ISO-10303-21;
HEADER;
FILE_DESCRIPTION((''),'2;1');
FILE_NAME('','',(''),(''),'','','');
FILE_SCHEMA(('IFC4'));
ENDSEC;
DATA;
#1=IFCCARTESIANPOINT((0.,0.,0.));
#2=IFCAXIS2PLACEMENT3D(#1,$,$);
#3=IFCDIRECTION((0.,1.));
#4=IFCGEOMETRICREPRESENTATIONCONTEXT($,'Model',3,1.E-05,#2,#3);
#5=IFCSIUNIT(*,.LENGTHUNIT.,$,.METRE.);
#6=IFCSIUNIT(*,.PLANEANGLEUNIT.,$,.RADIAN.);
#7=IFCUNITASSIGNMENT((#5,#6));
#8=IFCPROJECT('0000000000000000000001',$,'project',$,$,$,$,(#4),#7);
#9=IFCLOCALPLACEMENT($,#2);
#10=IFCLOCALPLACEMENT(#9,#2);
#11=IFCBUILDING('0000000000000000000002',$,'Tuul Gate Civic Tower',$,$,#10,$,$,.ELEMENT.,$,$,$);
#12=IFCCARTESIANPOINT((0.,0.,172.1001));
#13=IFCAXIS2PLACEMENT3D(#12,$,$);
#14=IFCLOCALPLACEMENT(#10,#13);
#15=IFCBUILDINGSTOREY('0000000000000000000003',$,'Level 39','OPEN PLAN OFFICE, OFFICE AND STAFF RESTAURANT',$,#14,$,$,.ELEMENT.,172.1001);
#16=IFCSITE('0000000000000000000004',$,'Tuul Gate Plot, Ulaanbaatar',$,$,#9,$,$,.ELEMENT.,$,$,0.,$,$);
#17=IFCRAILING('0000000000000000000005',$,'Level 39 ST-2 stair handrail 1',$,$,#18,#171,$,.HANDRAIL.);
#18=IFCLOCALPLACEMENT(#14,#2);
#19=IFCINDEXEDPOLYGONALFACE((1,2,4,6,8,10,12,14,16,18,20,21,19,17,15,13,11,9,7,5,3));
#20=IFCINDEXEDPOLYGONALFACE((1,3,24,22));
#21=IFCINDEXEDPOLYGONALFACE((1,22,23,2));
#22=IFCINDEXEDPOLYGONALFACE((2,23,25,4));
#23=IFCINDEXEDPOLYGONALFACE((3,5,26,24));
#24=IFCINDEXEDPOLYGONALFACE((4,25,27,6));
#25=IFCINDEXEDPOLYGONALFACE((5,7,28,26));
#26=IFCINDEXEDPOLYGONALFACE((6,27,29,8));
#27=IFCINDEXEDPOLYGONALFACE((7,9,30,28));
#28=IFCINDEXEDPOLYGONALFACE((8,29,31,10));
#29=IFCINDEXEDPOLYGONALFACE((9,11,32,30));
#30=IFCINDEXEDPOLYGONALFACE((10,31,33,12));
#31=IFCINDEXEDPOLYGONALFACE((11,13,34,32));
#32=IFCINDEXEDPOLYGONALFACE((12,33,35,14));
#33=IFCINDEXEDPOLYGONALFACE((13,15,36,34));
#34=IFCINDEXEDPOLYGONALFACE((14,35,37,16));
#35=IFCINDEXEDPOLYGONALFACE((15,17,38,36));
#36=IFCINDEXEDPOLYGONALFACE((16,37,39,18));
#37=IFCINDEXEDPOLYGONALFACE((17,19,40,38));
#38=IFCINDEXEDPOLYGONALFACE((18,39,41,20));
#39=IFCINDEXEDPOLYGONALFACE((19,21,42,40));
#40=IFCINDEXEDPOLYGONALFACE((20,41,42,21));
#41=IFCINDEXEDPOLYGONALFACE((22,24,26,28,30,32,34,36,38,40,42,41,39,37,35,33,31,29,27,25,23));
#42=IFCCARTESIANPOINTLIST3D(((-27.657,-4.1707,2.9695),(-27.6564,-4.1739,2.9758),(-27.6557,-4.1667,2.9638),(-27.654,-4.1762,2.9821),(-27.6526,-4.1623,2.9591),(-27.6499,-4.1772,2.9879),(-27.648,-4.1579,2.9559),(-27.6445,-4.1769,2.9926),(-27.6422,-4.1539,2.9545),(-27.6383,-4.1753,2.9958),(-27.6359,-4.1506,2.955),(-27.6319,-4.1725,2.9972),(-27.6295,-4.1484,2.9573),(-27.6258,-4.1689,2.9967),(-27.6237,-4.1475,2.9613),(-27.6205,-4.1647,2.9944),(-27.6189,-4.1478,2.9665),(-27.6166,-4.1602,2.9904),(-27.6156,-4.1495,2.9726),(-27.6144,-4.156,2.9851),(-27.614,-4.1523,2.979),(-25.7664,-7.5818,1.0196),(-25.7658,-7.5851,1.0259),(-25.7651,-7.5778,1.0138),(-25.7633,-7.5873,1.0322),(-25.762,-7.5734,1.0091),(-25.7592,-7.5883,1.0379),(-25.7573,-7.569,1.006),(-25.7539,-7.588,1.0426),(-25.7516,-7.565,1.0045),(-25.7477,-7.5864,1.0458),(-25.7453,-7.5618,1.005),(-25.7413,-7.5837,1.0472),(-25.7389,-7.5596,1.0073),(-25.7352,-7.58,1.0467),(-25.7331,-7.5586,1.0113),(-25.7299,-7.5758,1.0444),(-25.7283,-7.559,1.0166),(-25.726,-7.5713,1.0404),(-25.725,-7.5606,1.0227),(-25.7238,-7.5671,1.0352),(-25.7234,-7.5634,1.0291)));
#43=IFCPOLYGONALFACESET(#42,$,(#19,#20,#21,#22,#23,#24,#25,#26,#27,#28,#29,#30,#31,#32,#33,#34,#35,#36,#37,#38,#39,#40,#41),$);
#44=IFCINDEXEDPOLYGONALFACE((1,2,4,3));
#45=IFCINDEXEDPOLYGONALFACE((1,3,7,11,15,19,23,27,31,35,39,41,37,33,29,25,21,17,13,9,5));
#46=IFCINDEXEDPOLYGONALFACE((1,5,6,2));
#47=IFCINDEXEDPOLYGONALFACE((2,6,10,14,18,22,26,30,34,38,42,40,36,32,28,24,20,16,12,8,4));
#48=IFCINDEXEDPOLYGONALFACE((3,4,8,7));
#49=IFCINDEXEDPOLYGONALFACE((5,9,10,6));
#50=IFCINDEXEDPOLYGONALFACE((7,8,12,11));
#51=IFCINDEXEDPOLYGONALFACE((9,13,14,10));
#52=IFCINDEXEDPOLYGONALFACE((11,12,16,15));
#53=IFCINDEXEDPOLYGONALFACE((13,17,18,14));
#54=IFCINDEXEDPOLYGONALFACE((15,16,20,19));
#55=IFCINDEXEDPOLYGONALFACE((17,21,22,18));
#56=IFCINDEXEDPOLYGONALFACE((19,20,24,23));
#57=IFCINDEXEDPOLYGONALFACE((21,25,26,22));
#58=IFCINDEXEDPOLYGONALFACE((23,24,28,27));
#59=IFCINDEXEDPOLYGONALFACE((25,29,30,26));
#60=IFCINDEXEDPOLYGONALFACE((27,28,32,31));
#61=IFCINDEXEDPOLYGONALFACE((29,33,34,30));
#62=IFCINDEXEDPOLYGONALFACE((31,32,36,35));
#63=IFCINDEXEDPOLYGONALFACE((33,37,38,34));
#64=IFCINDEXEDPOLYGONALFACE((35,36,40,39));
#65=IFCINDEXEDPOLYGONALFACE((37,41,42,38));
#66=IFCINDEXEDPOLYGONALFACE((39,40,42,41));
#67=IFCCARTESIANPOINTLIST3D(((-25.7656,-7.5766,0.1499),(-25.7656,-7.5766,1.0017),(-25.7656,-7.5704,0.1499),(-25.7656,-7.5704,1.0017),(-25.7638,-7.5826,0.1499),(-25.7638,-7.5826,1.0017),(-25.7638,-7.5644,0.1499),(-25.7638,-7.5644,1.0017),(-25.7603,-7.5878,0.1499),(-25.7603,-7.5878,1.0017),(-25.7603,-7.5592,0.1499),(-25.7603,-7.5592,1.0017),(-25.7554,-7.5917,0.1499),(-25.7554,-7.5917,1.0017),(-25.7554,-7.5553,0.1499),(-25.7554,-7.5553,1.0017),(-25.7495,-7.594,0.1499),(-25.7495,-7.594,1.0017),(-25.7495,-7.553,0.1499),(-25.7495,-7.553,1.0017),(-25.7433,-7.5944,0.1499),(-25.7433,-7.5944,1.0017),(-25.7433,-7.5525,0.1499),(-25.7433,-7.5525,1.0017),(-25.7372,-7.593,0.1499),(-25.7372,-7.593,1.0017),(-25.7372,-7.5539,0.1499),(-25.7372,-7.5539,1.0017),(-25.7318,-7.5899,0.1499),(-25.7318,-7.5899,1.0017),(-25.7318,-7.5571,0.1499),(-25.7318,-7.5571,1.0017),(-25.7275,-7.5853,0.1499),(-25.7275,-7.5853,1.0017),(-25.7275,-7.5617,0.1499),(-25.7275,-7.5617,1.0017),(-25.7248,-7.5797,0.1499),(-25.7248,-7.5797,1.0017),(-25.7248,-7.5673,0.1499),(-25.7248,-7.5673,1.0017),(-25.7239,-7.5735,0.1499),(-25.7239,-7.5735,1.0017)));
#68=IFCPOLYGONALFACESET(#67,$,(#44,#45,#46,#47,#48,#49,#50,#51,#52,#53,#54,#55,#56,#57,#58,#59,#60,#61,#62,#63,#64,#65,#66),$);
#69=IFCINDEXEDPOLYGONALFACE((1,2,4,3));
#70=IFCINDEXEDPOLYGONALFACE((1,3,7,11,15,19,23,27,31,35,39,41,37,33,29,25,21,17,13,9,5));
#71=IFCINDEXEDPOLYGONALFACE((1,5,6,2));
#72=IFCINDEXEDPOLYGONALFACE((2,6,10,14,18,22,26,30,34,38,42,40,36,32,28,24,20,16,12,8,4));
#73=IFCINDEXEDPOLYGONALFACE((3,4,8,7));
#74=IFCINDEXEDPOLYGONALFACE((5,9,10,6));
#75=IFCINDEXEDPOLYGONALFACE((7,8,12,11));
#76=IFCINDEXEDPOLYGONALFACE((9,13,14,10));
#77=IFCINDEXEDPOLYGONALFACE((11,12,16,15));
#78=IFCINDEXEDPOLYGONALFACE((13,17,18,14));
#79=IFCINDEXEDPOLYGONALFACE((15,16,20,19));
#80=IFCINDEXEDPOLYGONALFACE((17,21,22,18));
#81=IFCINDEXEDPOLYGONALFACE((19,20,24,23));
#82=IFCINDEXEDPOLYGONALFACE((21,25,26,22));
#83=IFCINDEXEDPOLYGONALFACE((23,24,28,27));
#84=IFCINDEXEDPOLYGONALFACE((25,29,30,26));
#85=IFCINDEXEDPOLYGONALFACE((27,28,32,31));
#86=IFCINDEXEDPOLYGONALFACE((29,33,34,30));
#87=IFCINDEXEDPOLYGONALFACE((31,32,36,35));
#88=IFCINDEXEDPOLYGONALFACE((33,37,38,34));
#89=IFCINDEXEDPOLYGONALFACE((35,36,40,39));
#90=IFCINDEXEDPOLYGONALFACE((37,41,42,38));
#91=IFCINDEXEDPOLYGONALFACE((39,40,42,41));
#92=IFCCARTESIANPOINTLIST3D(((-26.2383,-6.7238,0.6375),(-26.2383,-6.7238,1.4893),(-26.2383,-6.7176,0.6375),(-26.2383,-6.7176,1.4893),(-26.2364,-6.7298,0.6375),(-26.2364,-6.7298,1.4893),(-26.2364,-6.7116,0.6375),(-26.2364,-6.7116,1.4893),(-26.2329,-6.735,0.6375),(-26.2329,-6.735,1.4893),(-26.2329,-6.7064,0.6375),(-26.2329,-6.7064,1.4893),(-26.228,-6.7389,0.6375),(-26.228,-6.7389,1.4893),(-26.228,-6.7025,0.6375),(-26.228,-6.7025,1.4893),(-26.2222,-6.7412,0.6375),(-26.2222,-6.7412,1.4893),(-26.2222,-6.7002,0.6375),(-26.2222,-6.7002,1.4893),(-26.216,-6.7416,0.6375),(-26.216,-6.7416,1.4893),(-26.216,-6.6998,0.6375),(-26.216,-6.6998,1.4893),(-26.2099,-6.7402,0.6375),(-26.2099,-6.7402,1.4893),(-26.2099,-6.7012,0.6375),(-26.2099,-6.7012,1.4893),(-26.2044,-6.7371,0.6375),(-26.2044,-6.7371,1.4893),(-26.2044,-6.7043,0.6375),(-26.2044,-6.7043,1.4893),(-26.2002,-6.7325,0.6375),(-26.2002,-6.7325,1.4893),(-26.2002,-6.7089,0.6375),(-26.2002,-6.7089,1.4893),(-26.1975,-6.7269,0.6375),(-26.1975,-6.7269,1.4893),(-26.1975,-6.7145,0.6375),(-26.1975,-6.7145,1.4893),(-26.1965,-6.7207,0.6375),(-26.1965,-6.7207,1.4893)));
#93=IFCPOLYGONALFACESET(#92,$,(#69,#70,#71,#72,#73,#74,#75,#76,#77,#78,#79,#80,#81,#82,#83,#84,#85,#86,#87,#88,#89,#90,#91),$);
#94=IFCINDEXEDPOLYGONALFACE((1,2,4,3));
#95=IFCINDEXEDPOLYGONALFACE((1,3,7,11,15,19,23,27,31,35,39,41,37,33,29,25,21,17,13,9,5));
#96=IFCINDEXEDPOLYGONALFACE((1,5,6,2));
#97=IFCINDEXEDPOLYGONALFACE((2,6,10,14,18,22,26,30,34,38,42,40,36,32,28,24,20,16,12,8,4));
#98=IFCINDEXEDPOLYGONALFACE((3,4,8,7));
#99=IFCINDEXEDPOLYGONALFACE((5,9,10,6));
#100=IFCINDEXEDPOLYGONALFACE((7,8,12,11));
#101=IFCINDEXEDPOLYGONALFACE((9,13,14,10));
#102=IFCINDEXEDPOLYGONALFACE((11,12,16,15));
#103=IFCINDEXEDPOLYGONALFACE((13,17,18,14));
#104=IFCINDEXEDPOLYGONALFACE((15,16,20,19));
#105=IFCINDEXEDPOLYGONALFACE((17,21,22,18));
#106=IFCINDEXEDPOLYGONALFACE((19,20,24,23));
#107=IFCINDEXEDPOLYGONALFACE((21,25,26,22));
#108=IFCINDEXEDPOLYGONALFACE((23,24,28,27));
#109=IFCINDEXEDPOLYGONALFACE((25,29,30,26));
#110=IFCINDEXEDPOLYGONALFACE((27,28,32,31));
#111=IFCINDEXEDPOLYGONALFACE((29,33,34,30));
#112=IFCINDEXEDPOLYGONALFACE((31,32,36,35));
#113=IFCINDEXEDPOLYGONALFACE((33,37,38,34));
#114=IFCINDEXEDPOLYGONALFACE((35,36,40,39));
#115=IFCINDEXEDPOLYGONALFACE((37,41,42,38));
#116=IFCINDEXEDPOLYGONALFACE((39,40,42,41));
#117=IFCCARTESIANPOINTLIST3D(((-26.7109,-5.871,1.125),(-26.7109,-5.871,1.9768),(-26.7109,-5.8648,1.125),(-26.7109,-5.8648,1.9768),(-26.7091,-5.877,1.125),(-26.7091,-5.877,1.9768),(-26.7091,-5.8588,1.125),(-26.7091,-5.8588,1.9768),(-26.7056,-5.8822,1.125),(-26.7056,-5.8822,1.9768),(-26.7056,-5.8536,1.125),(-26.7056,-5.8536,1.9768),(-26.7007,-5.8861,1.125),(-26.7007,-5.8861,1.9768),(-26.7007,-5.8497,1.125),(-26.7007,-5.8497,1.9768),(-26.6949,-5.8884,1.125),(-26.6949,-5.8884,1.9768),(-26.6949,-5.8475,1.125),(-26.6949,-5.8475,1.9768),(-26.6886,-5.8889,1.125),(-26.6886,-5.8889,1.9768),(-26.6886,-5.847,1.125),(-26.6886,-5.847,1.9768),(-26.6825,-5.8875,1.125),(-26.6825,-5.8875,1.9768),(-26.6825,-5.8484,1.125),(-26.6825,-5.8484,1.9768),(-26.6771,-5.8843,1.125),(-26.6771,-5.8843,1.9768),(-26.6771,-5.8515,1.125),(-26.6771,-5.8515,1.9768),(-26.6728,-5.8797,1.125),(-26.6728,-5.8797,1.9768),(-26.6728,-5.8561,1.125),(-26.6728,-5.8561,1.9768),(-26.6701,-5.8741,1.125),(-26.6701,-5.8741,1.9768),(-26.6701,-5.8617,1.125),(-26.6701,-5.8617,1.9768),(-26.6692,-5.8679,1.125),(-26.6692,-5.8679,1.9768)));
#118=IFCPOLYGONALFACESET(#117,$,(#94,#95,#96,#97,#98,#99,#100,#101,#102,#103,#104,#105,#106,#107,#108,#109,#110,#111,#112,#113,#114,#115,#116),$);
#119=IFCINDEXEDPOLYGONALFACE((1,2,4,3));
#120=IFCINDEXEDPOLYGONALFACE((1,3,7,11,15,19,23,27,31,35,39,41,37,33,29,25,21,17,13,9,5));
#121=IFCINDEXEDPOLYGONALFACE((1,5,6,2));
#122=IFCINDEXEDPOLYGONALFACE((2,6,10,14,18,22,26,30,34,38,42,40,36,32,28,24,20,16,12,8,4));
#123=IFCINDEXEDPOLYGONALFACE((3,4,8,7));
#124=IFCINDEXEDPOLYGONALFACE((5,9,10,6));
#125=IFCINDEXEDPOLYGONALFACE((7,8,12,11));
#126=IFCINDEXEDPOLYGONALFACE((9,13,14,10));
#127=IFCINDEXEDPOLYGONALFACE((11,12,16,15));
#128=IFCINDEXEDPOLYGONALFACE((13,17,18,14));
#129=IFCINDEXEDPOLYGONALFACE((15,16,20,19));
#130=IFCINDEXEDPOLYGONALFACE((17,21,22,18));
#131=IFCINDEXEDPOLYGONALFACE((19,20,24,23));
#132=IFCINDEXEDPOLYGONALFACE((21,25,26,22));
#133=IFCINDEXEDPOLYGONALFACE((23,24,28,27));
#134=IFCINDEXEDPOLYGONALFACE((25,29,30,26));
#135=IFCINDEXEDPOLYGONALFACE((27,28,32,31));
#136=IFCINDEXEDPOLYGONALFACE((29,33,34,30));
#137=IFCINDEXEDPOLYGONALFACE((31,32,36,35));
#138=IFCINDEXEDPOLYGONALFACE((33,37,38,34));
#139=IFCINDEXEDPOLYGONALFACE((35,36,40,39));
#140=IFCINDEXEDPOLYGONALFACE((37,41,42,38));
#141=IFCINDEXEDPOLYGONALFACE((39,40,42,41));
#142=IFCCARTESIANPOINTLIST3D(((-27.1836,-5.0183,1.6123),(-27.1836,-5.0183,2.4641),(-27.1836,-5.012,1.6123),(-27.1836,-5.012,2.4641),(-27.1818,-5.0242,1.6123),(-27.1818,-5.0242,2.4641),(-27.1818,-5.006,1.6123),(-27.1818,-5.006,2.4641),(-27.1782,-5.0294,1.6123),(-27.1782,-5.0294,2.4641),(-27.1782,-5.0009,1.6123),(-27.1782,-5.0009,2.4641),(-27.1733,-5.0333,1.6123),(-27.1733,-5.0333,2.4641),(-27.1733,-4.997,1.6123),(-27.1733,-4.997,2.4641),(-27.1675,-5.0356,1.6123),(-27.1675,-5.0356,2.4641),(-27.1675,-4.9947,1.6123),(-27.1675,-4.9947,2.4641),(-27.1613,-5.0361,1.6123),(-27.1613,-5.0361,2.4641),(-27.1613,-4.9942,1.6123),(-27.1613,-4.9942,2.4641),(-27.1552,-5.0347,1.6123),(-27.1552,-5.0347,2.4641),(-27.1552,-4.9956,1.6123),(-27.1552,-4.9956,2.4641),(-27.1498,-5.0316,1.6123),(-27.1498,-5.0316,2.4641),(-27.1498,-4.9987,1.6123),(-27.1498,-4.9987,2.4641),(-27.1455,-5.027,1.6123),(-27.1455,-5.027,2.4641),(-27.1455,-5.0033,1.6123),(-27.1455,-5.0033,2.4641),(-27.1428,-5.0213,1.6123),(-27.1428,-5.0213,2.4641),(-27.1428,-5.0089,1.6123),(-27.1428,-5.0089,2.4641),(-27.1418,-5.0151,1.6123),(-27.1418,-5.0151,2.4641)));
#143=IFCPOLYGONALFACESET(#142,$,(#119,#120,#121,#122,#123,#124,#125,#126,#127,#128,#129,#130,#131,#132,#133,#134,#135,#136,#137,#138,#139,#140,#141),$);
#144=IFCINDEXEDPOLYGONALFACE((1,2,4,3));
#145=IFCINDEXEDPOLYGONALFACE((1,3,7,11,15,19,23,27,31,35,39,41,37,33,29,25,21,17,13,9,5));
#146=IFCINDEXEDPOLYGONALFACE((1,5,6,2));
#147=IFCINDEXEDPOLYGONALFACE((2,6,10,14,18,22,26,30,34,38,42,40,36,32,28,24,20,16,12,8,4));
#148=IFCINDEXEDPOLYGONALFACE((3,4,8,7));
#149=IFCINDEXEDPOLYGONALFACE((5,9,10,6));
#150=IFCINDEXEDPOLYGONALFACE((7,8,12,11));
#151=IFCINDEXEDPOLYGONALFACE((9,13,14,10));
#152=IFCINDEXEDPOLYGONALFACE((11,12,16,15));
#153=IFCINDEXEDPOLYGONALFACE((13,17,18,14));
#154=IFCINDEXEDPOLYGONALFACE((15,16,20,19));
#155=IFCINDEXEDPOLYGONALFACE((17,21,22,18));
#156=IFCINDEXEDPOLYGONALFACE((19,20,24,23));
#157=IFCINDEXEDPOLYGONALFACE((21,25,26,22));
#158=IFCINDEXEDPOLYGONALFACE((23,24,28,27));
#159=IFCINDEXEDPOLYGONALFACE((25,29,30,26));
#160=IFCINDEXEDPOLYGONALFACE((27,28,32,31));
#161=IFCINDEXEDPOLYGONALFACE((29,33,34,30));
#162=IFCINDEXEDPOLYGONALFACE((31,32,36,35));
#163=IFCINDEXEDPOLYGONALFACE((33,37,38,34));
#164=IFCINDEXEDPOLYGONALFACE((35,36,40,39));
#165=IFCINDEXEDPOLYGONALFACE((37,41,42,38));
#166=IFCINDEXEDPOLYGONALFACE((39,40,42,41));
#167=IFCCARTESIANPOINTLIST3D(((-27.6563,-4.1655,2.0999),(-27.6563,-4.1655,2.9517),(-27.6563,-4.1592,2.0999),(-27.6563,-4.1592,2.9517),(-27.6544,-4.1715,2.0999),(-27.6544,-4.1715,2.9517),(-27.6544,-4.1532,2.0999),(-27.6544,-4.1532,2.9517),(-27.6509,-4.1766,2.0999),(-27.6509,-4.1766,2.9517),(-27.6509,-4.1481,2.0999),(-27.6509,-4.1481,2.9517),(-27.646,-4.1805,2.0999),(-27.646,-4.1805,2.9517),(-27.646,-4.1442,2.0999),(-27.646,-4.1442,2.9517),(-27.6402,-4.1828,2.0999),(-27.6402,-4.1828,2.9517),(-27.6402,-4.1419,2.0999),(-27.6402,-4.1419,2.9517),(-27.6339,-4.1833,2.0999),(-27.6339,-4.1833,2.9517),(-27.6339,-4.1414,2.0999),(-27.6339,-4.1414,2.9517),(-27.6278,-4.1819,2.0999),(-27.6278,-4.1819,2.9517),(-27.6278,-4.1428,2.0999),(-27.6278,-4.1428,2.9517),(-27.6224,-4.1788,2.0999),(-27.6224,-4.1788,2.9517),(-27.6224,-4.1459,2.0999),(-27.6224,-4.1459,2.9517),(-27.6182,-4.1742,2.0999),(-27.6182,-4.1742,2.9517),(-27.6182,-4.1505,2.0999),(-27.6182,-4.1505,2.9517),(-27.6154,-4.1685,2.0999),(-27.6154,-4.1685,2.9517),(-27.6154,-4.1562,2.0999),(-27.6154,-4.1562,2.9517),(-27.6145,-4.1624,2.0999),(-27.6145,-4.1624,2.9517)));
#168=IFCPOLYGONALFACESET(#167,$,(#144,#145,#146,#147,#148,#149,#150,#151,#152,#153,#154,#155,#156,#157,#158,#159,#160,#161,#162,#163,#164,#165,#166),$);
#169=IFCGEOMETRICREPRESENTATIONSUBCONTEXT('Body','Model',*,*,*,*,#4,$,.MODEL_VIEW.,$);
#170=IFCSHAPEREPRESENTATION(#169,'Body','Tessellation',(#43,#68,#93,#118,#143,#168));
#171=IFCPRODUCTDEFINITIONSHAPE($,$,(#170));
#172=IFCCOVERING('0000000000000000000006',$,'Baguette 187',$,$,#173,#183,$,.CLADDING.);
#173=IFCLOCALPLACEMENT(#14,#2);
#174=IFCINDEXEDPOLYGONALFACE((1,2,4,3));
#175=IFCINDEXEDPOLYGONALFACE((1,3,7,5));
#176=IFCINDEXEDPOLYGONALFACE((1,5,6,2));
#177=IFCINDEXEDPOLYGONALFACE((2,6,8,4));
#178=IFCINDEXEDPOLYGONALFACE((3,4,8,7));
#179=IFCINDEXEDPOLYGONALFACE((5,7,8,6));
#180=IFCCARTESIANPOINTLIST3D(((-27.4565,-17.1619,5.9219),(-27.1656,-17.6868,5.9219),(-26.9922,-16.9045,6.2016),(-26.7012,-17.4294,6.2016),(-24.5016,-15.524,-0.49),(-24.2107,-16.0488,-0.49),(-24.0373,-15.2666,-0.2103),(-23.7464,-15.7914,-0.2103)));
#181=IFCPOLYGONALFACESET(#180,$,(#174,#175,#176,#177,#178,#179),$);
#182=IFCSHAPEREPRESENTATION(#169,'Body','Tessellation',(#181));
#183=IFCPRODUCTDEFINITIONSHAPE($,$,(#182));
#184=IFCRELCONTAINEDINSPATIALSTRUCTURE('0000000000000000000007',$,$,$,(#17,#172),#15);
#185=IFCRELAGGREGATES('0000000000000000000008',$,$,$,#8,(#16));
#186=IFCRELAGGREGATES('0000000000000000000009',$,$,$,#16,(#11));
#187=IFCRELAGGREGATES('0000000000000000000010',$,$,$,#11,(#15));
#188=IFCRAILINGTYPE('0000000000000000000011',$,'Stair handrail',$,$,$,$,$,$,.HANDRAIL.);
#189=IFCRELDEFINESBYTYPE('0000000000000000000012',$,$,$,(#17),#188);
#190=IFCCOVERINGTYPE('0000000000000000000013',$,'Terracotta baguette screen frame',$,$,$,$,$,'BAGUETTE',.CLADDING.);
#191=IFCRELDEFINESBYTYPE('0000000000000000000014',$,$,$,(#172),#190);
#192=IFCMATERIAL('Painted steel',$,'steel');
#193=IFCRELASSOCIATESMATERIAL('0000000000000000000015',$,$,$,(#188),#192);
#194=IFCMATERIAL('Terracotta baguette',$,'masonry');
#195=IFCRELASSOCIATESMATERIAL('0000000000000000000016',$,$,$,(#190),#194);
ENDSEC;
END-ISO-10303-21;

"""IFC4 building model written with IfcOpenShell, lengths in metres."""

from ifc_helpers import new_model, si_unit, direction, frame, origin, origin_2d, place, context, subcontext, project, spatial, rectangle, circle, extrude, material, material_profile, profile_set, type_object, element, save


model = new_model("IFC4")

# Units and contexts
model_context = context("Model", 3, precision=1e-05, world=origin(), true_north=direction((0.0, 1.0)))
body_context = subcontext(model_context, "Body", "Model", "MODEL_VIEW")
ifc_project = project(units=[si_unit("LENGTHUNIT", "METRE"), si_unit("PLANEANGLEUNIT", "RADIAN")], contexts=[model_context])

# Site, building, storey
site_placement = place(None, origin())
site = spatial("IfcSite", under=ifc_project, at=site_placement, Name="Tuul Gate Plot, Ulaanbaatar", CompositionType="ELEMENT", RefElevation=0.0)
building_placement = place(site_placement, origin())
building = spatial("IfcBuilding", under=site, at=building_placement, Name="Tuul Gate Civic Tower", CompositionType="ELEMENT")
storey_placement = place(building_placement, frame((0.0, 0.0, 172.1001)))
storey = spatial("IfcBuildingStorey", under=building, at=storey_placement, Name="Level 39", Description="OPEN PLAN OFFICE, OFFICE AND STAFF RESTAURANT", CompositionType="ELEMENT", Elevation=172.1001)

# Railing
ifc_material_1 = material(Name="Painted steel", Category="steel")
railing_type_1 = type_object("IfcRailingType", Name="Stair handrail", PredefinedType="HANDRAIL", material=ifc_material_1)
railing_1_placement = place(storey_placement, frame((-25.7449, -7.5735, 0.1499)))
element("IfcRailing", 1, at=railing_1_placement, inside=storey, type_object=railing_type_1, Name="Level 39 ST-2 stair handrail 1", PredefinedType="HANDRAIL", context=body_context, shape_type="SweptSolid", body=[
    extrude(circle(Radius=0.0239, at=origin_2d()), frame((0.0, 0.0, 0.876), z_axis=(-0.433595, 0.782308, 0.447201), x_axis=(-0.874641, -0.484771, 0.0)), (0.0, 0.0, 1.0), 4.3604),
    extrude(circle(Radius=0.021, at=origin_2d()), origin(), (0.0, 0.0, 1.0), 0.8518),
    extrude(circle(Radius=0.021, at=origin_2d()), frame((-0.4727, 0.8528, 0.4875)), (0.0, 0.0, 1.0), 0.8518),
    extrude(circle(Radius=0.021, at=origin_2d()), frame((-0.9453, 1.7056, 0.9751)), (0.0, 0.0, 1.0), 0.8518),
    extrude(circle(Radius=0.021, at=origin_2d()), frame((-1.418, 2.5583, 1.4624)), (0.0, 0.0, 1.0), 0.8518),
    extrude(circle(Radius=0.021, at=origin_2d()), frame((-1.8906, 3.4111, 1.95)), (0.0, 0.0, 1.0), 0.8518),
])

# Covering
ifc_material_2 = material(Name="Terracotta baguette", Category="masonry")
ifc_material_profile_1 = material_profile(ifc_material_2, rectangle(XDim=0.6001, YDim=0.6001, at=origin_2d()), Name="Terracotta baguette screen frame")
ifc_profile_set_1 = profile_set([ifc_material_profile_1], Name="Terracotta baguette")
covering_type = type_object("IfcCoveringType", Name="Terracotta baguette screen frame", ElementType="BAGUETTE", PredefinedType="CLADDING", material=ifc_profile_set_1)
covering_placement = place(storey_placement, frame((-27.0789, -17.2957, 6.0618), z_axis=(0.407705, 0.226001, -0.884703), x_axis=(-0.484821, 0.874614, 0.0)))
element("IfcCovering", 2, at=covering_placement, inside=storey, type_object=covering_type, Name="Baguette 187", PredefinedType="CLADDING", context=body_context, shape_type="SweptSolid", body=[
    extrude(rectangle(XDim=0.6001, YDim=0.6001, at=origin_2d()), origin(), (0.0, 0.0, 1.0), 7.2476),
])

save(model, "model.ifc")
